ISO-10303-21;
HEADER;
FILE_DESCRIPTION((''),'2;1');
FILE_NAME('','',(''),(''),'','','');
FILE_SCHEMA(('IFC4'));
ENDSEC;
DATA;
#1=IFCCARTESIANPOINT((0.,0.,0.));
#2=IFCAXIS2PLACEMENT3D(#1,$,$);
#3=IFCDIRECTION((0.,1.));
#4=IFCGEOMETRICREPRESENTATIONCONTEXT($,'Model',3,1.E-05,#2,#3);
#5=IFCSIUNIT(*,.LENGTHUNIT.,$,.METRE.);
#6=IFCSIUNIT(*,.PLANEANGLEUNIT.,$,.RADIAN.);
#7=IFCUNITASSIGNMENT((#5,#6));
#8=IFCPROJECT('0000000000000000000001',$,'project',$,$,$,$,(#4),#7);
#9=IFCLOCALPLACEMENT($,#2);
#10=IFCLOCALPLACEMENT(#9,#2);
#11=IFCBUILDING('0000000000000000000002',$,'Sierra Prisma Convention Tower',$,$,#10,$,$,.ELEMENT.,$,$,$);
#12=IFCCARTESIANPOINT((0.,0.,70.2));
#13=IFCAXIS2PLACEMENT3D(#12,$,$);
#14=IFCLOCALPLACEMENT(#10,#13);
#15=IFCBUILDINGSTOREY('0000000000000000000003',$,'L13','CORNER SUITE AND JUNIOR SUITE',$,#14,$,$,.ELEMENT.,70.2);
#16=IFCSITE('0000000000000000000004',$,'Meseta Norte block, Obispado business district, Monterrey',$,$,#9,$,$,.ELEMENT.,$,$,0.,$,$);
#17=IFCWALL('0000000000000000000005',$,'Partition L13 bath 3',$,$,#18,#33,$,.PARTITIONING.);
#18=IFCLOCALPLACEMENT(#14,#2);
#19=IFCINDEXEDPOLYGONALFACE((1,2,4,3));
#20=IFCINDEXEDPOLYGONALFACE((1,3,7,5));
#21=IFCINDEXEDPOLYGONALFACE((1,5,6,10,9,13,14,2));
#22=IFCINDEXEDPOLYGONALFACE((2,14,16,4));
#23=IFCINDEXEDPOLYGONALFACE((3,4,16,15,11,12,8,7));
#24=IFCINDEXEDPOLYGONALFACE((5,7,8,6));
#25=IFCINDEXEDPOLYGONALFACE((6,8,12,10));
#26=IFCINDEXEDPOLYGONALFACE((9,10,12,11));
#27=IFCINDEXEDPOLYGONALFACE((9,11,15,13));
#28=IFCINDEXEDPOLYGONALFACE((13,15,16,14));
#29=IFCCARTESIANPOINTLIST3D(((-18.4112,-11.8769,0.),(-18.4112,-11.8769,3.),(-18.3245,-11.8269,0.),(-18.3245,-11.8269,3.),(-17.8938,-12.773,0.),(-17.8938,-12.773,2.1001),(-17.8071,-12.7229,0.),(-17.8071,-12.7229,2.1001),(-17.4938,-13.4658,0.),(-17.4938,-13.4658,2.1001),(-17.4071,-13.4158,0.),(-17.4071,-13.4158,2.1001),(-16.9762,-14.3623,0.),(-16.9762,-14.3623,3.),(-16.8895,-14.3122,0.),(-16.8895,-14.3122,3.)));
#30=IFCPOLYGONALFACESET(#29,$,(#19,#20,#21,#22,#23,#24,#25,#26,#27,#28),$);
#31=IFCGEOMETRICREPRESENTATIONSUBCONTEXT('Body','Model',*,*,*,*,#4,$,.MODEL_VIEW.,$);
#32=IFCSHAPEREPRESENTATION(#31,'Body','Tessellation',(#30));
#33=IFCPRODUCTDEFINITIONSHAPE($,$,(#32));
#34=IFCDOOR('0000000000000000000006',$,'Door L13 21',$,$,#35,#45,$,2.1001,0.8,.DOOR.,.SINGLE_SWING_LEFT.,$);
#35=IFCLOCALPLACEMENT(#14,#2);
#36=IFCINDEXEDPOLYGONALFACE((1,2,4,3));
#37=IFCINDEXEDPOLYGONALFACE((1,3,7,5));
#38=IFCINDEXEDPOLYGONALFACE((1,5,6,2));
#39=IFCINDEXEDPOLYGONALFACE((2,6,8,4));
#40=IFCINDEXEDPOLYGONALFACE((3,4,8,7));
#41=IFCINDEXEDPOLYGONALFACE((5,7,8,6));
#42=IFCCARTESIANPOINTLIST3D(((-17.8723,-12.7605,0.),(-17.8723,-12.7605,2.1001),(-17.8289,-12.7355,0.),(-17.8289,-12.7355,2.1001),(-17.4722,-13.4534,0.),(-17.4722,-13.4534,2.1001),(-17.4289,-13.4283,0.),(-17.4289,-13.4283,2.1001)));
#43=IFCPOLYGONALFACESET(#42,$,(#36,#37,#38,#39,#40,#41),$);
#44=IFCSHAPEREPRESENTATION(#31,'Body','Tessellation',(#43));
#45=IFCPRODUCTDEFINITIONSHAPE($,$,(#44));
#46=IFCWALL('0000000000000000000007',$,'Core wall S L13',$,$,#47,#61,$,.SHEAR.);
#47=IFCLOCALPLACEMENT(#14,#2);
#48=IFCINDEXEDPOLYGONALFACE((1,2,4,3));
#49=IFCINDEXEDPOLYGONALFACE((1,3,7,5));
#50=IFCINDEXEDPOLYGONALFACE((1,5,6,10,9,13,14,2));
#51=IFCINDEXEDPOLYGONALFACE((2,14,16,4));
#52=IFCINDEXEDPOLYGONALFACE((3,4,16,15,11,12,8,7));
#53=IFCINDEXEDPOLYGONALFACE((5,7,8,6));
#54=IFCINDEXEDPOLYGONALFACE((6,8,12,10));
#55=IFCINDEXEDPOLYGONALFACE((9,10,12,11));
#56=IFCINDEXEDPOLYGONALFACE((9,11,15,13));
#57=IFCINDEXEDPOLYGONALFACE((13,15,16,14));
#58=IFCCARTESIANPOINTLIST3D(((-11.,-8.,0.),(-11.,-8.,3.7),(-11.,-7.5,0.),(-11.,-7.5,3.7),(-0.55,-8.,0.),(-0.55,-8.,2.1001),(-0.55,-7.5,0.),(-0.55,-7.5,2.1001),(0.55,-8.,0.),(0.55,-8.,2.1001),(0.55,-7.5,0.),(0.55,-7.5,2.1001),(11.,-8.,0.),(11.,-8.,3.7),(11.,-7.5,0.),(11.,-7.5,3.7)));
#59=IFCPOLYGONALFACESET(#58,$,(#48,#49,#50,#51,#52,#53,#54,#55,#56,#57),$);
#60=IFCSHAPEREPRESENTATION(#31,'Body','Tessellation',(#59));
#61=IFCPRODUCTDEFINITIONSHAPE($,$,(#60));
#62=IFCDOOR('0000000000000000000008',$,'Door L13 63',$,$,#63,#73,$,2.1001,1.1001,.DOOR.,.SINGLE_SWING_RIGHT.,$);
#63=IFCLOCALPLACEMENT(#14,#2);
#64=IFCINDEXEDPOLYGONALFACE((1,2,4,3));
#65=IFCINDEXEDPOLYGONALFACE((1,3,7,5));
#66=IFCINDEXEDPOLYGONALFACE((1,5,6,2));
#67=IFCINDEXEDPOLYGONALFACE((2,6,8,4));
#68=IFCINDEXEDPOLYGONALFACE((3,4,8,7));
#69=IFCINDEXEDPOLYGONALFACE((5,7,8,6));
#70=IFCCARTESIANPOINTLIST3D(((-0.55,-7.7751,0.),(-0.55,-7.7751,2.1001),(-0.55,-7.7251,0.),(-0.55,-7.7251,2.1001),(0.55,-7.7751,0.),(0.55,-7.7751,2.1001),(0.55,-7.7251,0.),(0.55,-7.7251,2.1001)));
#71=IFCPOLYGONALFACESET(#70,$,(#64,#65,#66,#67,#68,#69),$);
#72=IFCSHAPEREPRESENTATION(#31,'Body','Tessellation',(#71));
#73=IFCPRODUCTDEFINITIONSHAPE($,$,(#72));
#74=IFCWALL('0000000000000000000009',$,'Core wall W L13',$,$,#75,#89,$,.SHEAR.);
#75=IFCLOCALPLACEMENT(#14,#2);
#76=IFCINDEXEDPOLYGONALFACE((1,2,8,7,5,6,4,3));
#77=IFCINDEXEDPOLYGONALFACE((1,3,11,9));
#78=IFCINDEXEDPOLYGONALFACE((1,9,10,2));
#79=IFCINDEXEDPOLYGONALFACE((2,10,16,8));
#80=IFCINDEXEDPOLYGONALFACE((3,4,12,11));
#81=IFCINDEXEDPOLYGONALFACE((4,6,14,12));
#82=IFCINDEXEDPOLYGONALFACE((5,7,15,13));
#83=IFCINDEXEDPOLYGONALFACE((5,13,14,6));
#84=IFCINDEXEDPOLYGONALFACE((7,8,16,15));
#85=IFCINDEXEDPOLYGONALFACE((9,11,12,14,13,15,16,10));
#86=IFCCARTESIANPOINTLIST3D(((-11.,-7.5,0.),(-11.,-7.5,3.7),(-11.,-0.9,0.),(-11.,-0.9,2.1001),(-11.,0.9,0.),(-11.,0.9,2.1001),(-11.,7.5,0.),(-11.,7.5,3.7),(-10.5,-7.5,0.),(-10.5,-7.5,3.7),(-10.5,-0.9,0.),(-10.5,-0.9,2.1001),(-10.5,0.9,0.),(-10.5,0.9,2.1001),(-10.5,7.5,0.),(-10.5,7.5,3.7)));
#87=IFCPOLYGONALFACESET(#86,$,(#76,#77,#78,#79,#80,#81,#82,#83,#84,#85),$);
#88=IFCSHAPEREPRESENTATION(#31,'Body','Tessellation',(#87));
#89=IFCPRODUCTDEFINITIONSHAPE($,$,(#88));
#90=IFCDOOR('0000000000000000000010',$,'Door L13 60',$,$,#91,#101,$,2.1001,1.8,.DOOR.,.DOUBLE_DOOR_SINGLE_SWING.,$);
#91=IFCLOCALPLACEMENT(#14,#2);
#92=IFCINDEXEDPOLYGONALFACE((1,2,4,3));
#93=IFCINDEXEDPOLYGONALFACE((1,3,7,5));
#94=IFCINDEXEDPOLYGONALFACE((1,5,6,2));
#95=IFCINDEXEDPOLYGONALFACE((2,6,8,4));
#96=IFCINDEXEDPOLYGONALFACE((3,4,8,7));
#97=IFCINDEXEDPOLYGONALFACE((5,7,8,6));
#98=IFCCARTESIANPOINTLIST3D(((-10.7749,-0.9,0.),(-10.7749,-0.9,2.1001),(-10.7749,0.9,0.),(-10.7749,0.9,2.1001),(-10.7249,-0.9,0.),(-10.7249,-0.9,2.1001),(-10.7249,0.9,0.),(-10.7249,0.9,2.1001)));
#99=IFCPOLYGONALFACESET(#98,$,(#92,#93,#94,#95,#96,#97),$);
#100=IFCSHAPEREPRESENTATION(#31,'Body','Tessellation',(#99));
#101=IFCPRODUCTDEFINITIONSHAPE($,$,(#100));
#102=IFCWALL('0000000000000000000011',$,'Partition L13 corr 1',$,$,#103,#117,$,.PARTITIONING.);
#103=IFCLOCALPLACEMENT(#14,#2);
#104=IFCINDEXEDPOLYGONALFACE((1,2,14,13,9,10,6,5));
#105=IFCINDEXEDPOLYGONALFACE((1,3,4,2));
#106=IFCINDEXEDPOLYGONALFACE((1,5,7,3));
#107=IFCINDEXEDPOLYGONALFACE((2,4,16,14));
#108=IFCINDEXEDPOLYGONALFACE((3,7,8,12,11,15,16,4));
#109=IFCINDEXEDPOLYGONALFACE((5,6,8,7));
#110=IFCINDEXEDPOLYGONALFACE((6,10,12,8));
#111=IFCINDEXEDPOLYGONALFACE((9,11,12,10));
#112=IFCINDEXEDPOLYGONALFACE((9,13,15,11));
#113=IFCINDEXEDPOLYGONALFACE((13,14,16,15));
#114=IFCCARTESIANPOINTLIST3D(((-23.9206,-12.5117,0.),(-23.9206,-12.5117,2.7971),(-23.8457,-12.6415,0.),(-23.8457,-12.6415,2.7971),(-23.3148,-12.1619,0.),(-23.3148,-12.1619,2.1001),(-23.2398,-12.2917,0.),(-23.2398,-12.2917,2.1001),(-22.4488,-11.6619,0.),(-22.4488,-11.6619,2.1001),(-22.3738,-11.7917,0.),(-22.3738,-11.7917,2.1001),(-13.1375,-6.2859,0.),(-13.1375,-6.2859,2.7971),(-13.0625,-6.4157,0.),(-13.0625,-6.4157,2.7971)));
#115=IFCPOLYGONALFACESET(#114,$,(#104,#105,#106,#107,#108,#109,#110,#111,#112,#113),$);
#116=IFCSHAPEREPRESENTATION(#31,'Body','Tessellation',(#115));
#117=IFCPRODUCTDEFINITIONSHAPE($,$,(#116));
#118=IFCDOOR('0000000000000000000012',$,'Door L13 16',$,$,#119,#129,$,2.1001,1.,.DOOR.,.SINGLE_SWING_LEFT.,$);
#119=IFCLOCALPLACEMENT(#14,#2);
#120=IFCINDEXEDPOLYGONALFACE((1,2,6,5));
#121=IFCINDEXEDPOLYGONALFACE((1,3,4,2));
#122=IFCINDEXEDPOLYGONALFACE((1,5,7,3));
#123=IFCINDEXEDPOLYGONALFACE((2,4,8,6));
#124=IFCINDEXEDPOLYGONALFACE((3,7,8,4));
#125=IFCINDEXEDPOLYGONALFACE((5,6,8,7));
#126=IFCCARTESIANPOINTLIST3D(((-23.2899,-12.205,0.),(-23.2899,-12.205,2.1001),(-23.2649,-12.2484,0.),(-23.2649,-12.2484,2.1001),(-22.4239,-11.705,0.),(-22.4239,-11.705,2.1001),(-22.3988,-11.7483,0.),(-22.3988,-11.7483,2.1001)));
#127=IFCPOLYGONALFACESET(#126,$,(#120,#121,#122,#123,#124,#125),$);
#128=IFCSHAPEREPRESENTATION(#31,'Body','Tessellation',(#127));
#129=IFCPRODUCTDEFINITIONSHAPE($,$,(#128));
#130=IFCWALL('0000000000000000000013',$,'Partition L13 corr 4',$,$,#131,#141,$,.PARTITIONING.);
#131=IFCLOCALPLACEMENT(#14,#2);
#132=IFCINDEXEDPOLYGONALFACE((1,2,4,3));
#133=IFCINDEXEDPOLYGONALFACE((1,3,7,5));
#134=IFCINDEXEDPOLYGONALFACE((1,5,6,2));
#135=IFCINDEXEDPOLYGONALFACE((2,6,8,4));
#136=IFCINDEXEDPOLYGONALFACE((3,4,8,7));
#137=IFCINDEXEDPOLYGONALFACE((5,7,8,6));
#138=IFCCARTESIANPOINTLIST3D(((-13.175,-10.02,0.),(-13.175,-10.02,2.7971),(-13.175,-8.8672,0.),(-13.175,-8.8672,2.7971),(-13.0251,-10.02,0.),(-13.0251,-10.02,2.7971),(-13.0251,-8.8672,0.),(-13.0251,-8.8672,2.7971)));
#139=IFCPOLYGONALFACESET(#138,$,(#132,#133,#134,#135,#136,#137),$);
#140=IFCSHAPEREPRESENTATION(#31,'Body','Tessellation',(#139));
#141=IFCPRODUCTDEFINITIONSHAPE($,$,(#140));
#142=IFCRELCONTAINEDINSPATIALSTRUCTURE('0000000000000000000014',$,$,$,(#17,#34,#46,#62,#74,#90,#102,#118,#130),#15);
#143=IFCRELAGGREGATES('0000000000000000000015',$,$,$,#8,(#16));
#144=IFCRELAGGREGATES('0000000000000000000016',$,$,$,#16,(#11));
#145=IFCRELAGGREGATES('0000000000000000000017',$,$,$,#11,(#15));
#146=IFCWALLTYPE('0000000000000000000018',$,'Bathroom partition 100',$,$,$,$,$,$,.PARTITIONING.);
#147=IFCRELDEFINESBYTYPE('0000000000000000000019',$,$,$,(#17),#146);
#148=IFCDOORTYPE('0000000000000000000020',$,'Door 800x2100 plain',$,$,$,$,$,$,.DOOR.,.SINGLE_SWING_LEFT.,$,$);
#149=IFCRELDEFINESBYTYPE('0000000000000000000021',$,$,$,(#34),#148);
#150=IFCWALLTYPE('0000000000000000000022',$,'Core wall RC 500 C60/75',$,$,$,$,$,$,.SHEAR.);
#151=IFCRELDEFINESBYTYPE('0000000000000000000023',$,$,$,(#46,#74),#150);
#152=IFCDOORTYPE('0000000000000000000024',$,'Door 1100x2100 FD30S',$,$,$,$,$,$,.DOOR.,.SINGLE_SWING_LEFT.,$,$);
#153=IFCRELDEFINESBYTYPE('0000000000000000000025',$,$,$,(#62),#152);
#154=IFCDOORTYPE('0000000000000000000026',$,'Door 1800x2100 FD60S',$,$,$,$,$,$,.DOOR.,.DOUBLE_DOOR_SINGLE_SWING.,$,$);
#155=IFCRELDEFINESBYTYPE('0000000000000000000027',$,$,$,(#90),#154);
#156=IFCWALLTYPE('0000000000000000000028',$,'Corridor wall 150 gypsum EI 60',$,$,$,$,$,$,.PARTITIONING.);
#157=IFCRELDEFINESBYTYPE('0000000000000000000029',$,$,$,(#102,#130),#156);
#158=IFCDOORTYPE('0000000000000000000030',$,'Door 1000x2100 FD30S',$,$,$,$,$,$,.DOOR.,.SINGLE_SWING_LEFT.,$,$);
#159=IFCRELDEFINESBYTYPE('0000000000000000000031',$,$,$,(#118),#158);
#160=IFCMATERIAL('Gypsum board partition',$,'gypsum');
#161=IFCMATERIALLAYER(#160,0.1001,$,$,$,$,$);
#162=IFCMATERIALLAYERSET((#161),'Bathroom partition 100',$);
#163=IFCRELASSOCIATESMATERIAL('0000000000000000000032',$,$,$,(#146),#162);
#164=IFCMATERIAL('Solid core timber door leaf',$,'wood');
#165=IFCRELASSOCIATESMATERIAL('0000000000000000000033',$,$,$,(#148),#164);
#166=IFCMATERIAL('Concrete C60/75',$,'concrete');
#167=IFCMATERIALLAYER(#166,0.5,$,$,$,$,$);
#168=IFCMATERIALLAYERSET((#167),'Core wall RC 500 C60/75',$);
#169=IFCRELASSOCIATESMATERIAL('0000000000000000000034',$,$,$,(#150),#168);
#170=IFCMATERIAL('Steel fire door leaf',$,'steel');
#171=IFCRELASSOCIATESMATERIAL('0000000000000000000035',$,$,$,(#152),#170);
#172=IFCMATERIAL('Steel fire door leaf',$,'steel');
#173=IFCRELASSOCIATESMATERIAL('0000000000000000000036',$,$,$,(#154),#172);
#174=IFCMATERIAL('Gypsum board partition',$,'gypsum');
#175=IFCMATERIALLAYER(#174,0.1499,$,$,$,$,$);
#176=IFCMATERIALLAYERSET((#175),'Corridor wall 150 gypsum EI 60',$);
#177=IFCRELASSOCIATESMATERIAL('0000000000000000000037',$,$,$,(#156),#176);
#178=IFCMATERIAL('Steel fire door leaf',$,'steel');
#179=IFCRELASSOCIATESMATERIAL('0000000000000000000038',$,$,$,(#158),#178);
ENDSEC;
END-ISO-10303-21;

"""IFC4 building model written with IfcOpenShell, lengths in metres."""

from ifc_helpers import new_model, si_unit, direction, frame, frame_2d, origin, place, context, subcontext, project, spatial, rectangle, extrude, material, layer, layer_set, type_object, element, fill, save


model = new_model("IFC4")

# Units and contexts
model_context = context("Model", 3, precision=1e-05, world=origin(), true_north=direction((0.0, 1.0)))
body_context = subcontext(model_context, "Body", "Model", "MODEL_VIEW")
ifc_project = project(units=[si_unit("LENGTHUNIT", "METRE"), si_unit("PLANEANGLEUNIT", "RADIAN")], contexts=[model_context])

# Site, building, storey
site_placement = place(None, origin())
site = spatial("IfcSite", under=ifc_project, at=site_placement, Name="Meseta Norte block, Obispado business district, Monterrey", CompositionType="ELEMENT", RefElevation=0.0)
building_placement = place(site_placement, origin())
building = spatial("IfcBuilding", under=site, at=building_placement, Name="Sierra Prisma Convention Tower", CompositionType="ELEMENT")
storey_placement = place(building_placement, frame((0.0, 0.0, 70.2)))
storey = spatial("IfcBuildingStorey", under=building, at=storey_placement, Name="L13", Description="CORNER SUITE AND JUNIOR SUITE", CompositionType="ELEMENT", Elevation=70.2)

# Walls, openings, doors
ifc_material_1 = material(Name="Gypsum board partition", Category="gypsum")
ifc_layer_1 = layer(ifc_material_1, 0.1001)
ifc_layer_set_1 = layer_set([ifc_layer_1], Name="Bathroom partition 100")
wall_type_1 = type_object("IfcWallType", Name="Bathroom partition 100", PredefinedType="PARTITIONING", material=ifc_layer_set_1)
wall_1_placement = place(storey_placement, frame((-18.3679, -11.8518, 0.0), z_axis=(0.0, 0.0, 1.0), x_axis=(0.500037, -0.866004, 0.0)))
wall_1 = element("IfcWall", 1, at=wall_1_placement, inside=storey, type_object=wall_type_1, Name="Partition L13 bath 3", PredefinedType="PARTITIONING", context=body_context, shape_type="SweptSolid", body=[
    extrude(rectangle(XDim=2.8699, YDim=0.1001, at=frame_2d((1.4351, 0.0))), origin(), (0.0, 0.0, 1.0), 3.0),
])
opening_1_placement = place(wall_1_placement, frame((1.0349, 0.0, 0.0)))
opening_1 = element("IfcOpeningElement", 2, at=opening_1_placement, cuts=wall_1, PredefinedType="OPENING", context=body_context, shape_type="SweptSolid", body=[
    extrude(rectangle(XDim=0.8, YDim=2.1001, at=frame_2d((0.3999, 1.05))), frame((0.0, 0.05, 0.0), z_axis=(0.0, -1.0, 0.0), x_axis=(1.0, 0.0, 0.0)), (0.0, 0.0, 1.0), 0.1001),
])
ifc_material_2 = material(Name="Solid core timber door leaf", Category="wood")
door_type_1 = type_object("IfcDoorType", Name="Door 800x2100 plain", OperationType="SINGLE_SWING_LEFT", PredefinedType="DOOR", material=ifc_material_2)
door_1_placement = place(opening_1_placement, origin())
door_1 = element("IfcDoor", 3, at=door_1_placement, inside=storey, type_object=door_type_1, Name="Door L13 21", OperationType="SINGLE_SWING_LEFT", OverallHeight=2.1001, OverallWidth=0.8, PredefinedType="DOOR", context=body_context, shape_type="SweptSolid", body=[
    extrude(rectangle(XDim=0.8, YDim=2.1001, at=frame_2d((0.3999, 1.05))), frame((0.0, 0.0249, 0.0), z_axis=(0.0, -1.0, 0.0), x_axis=(1.0, 0.0, 0.0)), (0.0, 0.0, 1.0), 0.05),
])
fill(opening_1, door_1)
ifc_material_3 = material(Name="Concrete C60/75", Category="concrete")
ifc_layer_2 = layer(ifc_material_3, 0.5)
ifc_layer_set_2 = layer_set([ifc_layer_2], Name="Core wall RC 500 C60/75")
wall_type_2 = type_object("IfcWallType", Name="Core wall RC 500 C60/75", PredefinedType="SHEAR", material=ifc_layer_set_2)
wall_2_placement = place(storey_placement, frame((-11.0, -7.75, 0.0), z_axis=(0.0, 0.0, 1.0), x_axis=(1.0, 0.0, 0.0)))
wall_2 = element("IfcWall", 4, at=wall_2_placement, inside=storey, type_object=wall_type_2, Name="Core wall S L13", PredefinedType="SHEAR", context=body_context, shape_type="SweptSolid", body=[
    extrude(rectangle(XDim=22.0, YDim=0.5, at=frame_2d((11.0, 0.0))), origin(), (0.0, 0.0, 1.0), 3.7),
])
opening_2_placement = place(wall_2_placement, frame((10.45, 0.0, 0.0)))
opening_2 = element("IfcOpeningElement", 5, at=opening_2_placement, cuts=wall_2, PredefinedType="OPENING", context=body_context, shape_type="SweptSolid", body=[
    extrude(rectangle(XDim=1.1001, YDim=2.1001, at=frame_2d((0.55, 1.05))), frame((0.0, 0.25, 0.0), z_axis=(0.0, -1.0, 0.0), x_axis=(1.0, 0.0, 0.0)), (0.0, 0.0, 1.0), 0.5),
])
ifc_material_4 = material(Name="Steel fire door leaf", Category="steel")
door_type_2 = type_object("IfcDoorType", Name="Door 1100x2100 FD30S", OperationType="SINGLE_SWING_LEFT", PredefinedType="DOOR", material=ifc_material_4)
door_2_placement = place(opening_2_placement, origin())
door_2 = element("IfcDoor", 6, at=door_2_placement, inside=storey, type_object=door_type_2, Name="Door L13 63", OperationType="SINGLE_SWING_RIGHT", OverallHeight=2.1001, OverallWidth=1.1001, PredefinedType="DOOR", context=body_context, shape_type="SweptSolid", body=[
    extrude(rectangle(XDim=1.1001, YDim=2.1001, at=frame_2d((0.55, 1.05))), frame((0.0, 0.0249, 0.0), z_axis=(0.0, -1.0, 0.0), x_axis=(1.0, 0.0, 0.0)), (0.0, 0.0, 1.0), 0.05),
])
fill(opening_2, door_2)
wall_3_placement = place(storey_placement, frame((-10.75, -7.5, 0.0), z_axis=(0.0, 0.0, 1.0), x_axis=(0.0, 1.0, 0.0)))
wall_3 = element("IfcWall", 7, at=wall_3_placement, inside=storey, type_object=wall_type_2, Name="Core wall W L13", PredefinedType="SHEAR", context=body_context, shape_type="SweptSolid", body=[
    extrude(rectangle(XDim=15.0, YDim=0.5, at=frame_2d((7.5, 0.0))), origin(), (0.0, 0.0, 1.0), 3.7),
])
opening_3_placement = place(wall_3_placement, frame((6.6001, 0.0, 0.0)))
opening_3 = element("IfcOpeningElement", 8, at=opening_3_placement, cuts=wall_3, PredefinedType="OPENING", context=body_context, shape_type="SweptSolid", body=[
    extrude(rectangle(XDim=1.8, YDim=2.1001, at=frame_2d((0.8999, 1.05))), frame((0.0, 0.25, 0.0), z_axis=(0.0, -1.0, 0.0), x_axis=(1.0, 0.0, 0.0)), (0.0, 0.0, 1.0), 0.5),
])
ifc_material_5 = material(Name="Steel fire door leaf", Category="steel")
door_type_3 = type_object("IfcDoorType", Name="Door 1800x2100 FD60S", OperationType="DOUBLE_DOOR_SINGLE_SWING", PredefinedType="DOOR", material=ifc_material_5)
door_3_placement = place(opening_3_placement, origin())
door_3 = element("IfcDoor", 9, at=door_3_placement, inside=storey, type_object=door_type_3, Name="Door L13 60", OperationType="DOUBLE_DOOR_SINGLE_SWING", OverallHeight=2.1001, OverallWidth=1.8, PredefinedType="DOOR", context=body_context, shape_type="SweptSolid", body=[
    extrude(rectangle(XDim=1.8, YDim=2.1001, at=frame_2d((0.8999, 1.05))), frame((0.0, 0.0249, 0.0), z_axis=(0.0, -1.0, 0.0), x_axis=(1.0, 0.0, 0.0)), (0.0, 0.0, 1.0), 0.05),
])
fill(opening_3, door_3)
ifc_material_6 = material(Name="Gypsum board partition", Category="gypsum")
ifc_layer_3 = layer(ifc_material_6, 0.1499)
ifc_layer_set_3 = layer_set([ifc_layer_3], Name="Corridor wall 150 gypsum EI 60")
wall_type_3 = type_object("IfcWallType", Name="Corridor wall 150 gypsum EI 60", PredefinedType="PARTITIONING", material=ifc_layer_set_3)
wall_4_placement = place(storey_placement, frame((-13.1001, -6.3508, 0.0), z_axis=(0.0, 0.0, 1.0), x_axis=(-0.86602, -0.500009, 0.0)))
wall_4 = element("IfcWall", 10, at=wall_4_placement, inside=storey, type_object=wall_type_3, Name="Partition L13 corr 1", PredefinedType="PARTITIONING", context=body_context, shape_type="SweptSolid", body=[
    extrude(rectangle(XDim=12.4514, YDim=0.1499, at=frame_2d((6.2256, 0.0))), origin(), (0.0, 0.0, 1.0), 2.7971),
])
opening_4_placement = place(wall_4_placement, frame((10.7517, 0.0, 0.0)))
opening_4 = element("IfcOpeningElement", 11, at=opening_4_placement, cuts=wall_4, PredefinedType="OPENING", context=body_context, shape_type="SweptSolid", body=[
    extrude(rectangle(XDim=1.0, YDim=2.1001, at=frame_2d((0.5, 1.05))), frame((0.0, 0.075, 0.0), z_axis=(0.0, -1.0, 0.0), x_axis=(1.0, 0.0, 0.0)), (0.0, 0.0, 1.0), 0.1499),
])
ifc_material_7 = material(Name="Steel fire door leaf", Category="steel")
door_type_4 = type_object("IfcDoorType", Name="Door 1000x2100 FD30S", OperationType="SINGLE_SWING_LEFT", PredefinedType="DOOR", material=ifc_material_7)
door_4_placement = place(opening_4_placement, origin())
door_4 = element("IfcDoor", 12, at=door_4_placement, inside=storey, type_object=door_type_4, Name="Door L13 16", OperationType="SINGLE_SWING_LEFT", OverallHeight=2.1001, OverallWidth=1.0, PredefinedType="DOOR", context=body_context, shape_type="SweptSolid", body=[
    extrude(rectangle(XDim=1.0, YDim=2.1001, at=frame_2d((0.5, 1.05))), frame((0.0, 0.0249, 0.0), z_axis=(0.0, -1.0, 0.0), x_axis=(1.0, 0.0, 0.0)), (0.0, 0.0, 1.0), 0.05),
])
fill(opening_4, door_4)

# Wall
wall_5_placement = place(storey_placement, frame((-13.1001, -8.8672, 0.0), z_axis=(0.0, 0.0, 1.0), x_axis=(0.0, -1.0, 0.0)))
element("IfcWall", 13, at=wall_5_placement, inside=storey, type_object=wall_type_3, Name="Partition L13 corr 4", PredefinedType="PARTITIONING", context=body_context, shape_type="SweptSolid", body=[
    extrude(rectangle(XDim=1.1528, YDim=0.1499, at=frame_2d((0.5764, 0.0))), origin(), (0.0, 0.0, 1.0), 2.7971),
])

save(model, "model.ifc")
